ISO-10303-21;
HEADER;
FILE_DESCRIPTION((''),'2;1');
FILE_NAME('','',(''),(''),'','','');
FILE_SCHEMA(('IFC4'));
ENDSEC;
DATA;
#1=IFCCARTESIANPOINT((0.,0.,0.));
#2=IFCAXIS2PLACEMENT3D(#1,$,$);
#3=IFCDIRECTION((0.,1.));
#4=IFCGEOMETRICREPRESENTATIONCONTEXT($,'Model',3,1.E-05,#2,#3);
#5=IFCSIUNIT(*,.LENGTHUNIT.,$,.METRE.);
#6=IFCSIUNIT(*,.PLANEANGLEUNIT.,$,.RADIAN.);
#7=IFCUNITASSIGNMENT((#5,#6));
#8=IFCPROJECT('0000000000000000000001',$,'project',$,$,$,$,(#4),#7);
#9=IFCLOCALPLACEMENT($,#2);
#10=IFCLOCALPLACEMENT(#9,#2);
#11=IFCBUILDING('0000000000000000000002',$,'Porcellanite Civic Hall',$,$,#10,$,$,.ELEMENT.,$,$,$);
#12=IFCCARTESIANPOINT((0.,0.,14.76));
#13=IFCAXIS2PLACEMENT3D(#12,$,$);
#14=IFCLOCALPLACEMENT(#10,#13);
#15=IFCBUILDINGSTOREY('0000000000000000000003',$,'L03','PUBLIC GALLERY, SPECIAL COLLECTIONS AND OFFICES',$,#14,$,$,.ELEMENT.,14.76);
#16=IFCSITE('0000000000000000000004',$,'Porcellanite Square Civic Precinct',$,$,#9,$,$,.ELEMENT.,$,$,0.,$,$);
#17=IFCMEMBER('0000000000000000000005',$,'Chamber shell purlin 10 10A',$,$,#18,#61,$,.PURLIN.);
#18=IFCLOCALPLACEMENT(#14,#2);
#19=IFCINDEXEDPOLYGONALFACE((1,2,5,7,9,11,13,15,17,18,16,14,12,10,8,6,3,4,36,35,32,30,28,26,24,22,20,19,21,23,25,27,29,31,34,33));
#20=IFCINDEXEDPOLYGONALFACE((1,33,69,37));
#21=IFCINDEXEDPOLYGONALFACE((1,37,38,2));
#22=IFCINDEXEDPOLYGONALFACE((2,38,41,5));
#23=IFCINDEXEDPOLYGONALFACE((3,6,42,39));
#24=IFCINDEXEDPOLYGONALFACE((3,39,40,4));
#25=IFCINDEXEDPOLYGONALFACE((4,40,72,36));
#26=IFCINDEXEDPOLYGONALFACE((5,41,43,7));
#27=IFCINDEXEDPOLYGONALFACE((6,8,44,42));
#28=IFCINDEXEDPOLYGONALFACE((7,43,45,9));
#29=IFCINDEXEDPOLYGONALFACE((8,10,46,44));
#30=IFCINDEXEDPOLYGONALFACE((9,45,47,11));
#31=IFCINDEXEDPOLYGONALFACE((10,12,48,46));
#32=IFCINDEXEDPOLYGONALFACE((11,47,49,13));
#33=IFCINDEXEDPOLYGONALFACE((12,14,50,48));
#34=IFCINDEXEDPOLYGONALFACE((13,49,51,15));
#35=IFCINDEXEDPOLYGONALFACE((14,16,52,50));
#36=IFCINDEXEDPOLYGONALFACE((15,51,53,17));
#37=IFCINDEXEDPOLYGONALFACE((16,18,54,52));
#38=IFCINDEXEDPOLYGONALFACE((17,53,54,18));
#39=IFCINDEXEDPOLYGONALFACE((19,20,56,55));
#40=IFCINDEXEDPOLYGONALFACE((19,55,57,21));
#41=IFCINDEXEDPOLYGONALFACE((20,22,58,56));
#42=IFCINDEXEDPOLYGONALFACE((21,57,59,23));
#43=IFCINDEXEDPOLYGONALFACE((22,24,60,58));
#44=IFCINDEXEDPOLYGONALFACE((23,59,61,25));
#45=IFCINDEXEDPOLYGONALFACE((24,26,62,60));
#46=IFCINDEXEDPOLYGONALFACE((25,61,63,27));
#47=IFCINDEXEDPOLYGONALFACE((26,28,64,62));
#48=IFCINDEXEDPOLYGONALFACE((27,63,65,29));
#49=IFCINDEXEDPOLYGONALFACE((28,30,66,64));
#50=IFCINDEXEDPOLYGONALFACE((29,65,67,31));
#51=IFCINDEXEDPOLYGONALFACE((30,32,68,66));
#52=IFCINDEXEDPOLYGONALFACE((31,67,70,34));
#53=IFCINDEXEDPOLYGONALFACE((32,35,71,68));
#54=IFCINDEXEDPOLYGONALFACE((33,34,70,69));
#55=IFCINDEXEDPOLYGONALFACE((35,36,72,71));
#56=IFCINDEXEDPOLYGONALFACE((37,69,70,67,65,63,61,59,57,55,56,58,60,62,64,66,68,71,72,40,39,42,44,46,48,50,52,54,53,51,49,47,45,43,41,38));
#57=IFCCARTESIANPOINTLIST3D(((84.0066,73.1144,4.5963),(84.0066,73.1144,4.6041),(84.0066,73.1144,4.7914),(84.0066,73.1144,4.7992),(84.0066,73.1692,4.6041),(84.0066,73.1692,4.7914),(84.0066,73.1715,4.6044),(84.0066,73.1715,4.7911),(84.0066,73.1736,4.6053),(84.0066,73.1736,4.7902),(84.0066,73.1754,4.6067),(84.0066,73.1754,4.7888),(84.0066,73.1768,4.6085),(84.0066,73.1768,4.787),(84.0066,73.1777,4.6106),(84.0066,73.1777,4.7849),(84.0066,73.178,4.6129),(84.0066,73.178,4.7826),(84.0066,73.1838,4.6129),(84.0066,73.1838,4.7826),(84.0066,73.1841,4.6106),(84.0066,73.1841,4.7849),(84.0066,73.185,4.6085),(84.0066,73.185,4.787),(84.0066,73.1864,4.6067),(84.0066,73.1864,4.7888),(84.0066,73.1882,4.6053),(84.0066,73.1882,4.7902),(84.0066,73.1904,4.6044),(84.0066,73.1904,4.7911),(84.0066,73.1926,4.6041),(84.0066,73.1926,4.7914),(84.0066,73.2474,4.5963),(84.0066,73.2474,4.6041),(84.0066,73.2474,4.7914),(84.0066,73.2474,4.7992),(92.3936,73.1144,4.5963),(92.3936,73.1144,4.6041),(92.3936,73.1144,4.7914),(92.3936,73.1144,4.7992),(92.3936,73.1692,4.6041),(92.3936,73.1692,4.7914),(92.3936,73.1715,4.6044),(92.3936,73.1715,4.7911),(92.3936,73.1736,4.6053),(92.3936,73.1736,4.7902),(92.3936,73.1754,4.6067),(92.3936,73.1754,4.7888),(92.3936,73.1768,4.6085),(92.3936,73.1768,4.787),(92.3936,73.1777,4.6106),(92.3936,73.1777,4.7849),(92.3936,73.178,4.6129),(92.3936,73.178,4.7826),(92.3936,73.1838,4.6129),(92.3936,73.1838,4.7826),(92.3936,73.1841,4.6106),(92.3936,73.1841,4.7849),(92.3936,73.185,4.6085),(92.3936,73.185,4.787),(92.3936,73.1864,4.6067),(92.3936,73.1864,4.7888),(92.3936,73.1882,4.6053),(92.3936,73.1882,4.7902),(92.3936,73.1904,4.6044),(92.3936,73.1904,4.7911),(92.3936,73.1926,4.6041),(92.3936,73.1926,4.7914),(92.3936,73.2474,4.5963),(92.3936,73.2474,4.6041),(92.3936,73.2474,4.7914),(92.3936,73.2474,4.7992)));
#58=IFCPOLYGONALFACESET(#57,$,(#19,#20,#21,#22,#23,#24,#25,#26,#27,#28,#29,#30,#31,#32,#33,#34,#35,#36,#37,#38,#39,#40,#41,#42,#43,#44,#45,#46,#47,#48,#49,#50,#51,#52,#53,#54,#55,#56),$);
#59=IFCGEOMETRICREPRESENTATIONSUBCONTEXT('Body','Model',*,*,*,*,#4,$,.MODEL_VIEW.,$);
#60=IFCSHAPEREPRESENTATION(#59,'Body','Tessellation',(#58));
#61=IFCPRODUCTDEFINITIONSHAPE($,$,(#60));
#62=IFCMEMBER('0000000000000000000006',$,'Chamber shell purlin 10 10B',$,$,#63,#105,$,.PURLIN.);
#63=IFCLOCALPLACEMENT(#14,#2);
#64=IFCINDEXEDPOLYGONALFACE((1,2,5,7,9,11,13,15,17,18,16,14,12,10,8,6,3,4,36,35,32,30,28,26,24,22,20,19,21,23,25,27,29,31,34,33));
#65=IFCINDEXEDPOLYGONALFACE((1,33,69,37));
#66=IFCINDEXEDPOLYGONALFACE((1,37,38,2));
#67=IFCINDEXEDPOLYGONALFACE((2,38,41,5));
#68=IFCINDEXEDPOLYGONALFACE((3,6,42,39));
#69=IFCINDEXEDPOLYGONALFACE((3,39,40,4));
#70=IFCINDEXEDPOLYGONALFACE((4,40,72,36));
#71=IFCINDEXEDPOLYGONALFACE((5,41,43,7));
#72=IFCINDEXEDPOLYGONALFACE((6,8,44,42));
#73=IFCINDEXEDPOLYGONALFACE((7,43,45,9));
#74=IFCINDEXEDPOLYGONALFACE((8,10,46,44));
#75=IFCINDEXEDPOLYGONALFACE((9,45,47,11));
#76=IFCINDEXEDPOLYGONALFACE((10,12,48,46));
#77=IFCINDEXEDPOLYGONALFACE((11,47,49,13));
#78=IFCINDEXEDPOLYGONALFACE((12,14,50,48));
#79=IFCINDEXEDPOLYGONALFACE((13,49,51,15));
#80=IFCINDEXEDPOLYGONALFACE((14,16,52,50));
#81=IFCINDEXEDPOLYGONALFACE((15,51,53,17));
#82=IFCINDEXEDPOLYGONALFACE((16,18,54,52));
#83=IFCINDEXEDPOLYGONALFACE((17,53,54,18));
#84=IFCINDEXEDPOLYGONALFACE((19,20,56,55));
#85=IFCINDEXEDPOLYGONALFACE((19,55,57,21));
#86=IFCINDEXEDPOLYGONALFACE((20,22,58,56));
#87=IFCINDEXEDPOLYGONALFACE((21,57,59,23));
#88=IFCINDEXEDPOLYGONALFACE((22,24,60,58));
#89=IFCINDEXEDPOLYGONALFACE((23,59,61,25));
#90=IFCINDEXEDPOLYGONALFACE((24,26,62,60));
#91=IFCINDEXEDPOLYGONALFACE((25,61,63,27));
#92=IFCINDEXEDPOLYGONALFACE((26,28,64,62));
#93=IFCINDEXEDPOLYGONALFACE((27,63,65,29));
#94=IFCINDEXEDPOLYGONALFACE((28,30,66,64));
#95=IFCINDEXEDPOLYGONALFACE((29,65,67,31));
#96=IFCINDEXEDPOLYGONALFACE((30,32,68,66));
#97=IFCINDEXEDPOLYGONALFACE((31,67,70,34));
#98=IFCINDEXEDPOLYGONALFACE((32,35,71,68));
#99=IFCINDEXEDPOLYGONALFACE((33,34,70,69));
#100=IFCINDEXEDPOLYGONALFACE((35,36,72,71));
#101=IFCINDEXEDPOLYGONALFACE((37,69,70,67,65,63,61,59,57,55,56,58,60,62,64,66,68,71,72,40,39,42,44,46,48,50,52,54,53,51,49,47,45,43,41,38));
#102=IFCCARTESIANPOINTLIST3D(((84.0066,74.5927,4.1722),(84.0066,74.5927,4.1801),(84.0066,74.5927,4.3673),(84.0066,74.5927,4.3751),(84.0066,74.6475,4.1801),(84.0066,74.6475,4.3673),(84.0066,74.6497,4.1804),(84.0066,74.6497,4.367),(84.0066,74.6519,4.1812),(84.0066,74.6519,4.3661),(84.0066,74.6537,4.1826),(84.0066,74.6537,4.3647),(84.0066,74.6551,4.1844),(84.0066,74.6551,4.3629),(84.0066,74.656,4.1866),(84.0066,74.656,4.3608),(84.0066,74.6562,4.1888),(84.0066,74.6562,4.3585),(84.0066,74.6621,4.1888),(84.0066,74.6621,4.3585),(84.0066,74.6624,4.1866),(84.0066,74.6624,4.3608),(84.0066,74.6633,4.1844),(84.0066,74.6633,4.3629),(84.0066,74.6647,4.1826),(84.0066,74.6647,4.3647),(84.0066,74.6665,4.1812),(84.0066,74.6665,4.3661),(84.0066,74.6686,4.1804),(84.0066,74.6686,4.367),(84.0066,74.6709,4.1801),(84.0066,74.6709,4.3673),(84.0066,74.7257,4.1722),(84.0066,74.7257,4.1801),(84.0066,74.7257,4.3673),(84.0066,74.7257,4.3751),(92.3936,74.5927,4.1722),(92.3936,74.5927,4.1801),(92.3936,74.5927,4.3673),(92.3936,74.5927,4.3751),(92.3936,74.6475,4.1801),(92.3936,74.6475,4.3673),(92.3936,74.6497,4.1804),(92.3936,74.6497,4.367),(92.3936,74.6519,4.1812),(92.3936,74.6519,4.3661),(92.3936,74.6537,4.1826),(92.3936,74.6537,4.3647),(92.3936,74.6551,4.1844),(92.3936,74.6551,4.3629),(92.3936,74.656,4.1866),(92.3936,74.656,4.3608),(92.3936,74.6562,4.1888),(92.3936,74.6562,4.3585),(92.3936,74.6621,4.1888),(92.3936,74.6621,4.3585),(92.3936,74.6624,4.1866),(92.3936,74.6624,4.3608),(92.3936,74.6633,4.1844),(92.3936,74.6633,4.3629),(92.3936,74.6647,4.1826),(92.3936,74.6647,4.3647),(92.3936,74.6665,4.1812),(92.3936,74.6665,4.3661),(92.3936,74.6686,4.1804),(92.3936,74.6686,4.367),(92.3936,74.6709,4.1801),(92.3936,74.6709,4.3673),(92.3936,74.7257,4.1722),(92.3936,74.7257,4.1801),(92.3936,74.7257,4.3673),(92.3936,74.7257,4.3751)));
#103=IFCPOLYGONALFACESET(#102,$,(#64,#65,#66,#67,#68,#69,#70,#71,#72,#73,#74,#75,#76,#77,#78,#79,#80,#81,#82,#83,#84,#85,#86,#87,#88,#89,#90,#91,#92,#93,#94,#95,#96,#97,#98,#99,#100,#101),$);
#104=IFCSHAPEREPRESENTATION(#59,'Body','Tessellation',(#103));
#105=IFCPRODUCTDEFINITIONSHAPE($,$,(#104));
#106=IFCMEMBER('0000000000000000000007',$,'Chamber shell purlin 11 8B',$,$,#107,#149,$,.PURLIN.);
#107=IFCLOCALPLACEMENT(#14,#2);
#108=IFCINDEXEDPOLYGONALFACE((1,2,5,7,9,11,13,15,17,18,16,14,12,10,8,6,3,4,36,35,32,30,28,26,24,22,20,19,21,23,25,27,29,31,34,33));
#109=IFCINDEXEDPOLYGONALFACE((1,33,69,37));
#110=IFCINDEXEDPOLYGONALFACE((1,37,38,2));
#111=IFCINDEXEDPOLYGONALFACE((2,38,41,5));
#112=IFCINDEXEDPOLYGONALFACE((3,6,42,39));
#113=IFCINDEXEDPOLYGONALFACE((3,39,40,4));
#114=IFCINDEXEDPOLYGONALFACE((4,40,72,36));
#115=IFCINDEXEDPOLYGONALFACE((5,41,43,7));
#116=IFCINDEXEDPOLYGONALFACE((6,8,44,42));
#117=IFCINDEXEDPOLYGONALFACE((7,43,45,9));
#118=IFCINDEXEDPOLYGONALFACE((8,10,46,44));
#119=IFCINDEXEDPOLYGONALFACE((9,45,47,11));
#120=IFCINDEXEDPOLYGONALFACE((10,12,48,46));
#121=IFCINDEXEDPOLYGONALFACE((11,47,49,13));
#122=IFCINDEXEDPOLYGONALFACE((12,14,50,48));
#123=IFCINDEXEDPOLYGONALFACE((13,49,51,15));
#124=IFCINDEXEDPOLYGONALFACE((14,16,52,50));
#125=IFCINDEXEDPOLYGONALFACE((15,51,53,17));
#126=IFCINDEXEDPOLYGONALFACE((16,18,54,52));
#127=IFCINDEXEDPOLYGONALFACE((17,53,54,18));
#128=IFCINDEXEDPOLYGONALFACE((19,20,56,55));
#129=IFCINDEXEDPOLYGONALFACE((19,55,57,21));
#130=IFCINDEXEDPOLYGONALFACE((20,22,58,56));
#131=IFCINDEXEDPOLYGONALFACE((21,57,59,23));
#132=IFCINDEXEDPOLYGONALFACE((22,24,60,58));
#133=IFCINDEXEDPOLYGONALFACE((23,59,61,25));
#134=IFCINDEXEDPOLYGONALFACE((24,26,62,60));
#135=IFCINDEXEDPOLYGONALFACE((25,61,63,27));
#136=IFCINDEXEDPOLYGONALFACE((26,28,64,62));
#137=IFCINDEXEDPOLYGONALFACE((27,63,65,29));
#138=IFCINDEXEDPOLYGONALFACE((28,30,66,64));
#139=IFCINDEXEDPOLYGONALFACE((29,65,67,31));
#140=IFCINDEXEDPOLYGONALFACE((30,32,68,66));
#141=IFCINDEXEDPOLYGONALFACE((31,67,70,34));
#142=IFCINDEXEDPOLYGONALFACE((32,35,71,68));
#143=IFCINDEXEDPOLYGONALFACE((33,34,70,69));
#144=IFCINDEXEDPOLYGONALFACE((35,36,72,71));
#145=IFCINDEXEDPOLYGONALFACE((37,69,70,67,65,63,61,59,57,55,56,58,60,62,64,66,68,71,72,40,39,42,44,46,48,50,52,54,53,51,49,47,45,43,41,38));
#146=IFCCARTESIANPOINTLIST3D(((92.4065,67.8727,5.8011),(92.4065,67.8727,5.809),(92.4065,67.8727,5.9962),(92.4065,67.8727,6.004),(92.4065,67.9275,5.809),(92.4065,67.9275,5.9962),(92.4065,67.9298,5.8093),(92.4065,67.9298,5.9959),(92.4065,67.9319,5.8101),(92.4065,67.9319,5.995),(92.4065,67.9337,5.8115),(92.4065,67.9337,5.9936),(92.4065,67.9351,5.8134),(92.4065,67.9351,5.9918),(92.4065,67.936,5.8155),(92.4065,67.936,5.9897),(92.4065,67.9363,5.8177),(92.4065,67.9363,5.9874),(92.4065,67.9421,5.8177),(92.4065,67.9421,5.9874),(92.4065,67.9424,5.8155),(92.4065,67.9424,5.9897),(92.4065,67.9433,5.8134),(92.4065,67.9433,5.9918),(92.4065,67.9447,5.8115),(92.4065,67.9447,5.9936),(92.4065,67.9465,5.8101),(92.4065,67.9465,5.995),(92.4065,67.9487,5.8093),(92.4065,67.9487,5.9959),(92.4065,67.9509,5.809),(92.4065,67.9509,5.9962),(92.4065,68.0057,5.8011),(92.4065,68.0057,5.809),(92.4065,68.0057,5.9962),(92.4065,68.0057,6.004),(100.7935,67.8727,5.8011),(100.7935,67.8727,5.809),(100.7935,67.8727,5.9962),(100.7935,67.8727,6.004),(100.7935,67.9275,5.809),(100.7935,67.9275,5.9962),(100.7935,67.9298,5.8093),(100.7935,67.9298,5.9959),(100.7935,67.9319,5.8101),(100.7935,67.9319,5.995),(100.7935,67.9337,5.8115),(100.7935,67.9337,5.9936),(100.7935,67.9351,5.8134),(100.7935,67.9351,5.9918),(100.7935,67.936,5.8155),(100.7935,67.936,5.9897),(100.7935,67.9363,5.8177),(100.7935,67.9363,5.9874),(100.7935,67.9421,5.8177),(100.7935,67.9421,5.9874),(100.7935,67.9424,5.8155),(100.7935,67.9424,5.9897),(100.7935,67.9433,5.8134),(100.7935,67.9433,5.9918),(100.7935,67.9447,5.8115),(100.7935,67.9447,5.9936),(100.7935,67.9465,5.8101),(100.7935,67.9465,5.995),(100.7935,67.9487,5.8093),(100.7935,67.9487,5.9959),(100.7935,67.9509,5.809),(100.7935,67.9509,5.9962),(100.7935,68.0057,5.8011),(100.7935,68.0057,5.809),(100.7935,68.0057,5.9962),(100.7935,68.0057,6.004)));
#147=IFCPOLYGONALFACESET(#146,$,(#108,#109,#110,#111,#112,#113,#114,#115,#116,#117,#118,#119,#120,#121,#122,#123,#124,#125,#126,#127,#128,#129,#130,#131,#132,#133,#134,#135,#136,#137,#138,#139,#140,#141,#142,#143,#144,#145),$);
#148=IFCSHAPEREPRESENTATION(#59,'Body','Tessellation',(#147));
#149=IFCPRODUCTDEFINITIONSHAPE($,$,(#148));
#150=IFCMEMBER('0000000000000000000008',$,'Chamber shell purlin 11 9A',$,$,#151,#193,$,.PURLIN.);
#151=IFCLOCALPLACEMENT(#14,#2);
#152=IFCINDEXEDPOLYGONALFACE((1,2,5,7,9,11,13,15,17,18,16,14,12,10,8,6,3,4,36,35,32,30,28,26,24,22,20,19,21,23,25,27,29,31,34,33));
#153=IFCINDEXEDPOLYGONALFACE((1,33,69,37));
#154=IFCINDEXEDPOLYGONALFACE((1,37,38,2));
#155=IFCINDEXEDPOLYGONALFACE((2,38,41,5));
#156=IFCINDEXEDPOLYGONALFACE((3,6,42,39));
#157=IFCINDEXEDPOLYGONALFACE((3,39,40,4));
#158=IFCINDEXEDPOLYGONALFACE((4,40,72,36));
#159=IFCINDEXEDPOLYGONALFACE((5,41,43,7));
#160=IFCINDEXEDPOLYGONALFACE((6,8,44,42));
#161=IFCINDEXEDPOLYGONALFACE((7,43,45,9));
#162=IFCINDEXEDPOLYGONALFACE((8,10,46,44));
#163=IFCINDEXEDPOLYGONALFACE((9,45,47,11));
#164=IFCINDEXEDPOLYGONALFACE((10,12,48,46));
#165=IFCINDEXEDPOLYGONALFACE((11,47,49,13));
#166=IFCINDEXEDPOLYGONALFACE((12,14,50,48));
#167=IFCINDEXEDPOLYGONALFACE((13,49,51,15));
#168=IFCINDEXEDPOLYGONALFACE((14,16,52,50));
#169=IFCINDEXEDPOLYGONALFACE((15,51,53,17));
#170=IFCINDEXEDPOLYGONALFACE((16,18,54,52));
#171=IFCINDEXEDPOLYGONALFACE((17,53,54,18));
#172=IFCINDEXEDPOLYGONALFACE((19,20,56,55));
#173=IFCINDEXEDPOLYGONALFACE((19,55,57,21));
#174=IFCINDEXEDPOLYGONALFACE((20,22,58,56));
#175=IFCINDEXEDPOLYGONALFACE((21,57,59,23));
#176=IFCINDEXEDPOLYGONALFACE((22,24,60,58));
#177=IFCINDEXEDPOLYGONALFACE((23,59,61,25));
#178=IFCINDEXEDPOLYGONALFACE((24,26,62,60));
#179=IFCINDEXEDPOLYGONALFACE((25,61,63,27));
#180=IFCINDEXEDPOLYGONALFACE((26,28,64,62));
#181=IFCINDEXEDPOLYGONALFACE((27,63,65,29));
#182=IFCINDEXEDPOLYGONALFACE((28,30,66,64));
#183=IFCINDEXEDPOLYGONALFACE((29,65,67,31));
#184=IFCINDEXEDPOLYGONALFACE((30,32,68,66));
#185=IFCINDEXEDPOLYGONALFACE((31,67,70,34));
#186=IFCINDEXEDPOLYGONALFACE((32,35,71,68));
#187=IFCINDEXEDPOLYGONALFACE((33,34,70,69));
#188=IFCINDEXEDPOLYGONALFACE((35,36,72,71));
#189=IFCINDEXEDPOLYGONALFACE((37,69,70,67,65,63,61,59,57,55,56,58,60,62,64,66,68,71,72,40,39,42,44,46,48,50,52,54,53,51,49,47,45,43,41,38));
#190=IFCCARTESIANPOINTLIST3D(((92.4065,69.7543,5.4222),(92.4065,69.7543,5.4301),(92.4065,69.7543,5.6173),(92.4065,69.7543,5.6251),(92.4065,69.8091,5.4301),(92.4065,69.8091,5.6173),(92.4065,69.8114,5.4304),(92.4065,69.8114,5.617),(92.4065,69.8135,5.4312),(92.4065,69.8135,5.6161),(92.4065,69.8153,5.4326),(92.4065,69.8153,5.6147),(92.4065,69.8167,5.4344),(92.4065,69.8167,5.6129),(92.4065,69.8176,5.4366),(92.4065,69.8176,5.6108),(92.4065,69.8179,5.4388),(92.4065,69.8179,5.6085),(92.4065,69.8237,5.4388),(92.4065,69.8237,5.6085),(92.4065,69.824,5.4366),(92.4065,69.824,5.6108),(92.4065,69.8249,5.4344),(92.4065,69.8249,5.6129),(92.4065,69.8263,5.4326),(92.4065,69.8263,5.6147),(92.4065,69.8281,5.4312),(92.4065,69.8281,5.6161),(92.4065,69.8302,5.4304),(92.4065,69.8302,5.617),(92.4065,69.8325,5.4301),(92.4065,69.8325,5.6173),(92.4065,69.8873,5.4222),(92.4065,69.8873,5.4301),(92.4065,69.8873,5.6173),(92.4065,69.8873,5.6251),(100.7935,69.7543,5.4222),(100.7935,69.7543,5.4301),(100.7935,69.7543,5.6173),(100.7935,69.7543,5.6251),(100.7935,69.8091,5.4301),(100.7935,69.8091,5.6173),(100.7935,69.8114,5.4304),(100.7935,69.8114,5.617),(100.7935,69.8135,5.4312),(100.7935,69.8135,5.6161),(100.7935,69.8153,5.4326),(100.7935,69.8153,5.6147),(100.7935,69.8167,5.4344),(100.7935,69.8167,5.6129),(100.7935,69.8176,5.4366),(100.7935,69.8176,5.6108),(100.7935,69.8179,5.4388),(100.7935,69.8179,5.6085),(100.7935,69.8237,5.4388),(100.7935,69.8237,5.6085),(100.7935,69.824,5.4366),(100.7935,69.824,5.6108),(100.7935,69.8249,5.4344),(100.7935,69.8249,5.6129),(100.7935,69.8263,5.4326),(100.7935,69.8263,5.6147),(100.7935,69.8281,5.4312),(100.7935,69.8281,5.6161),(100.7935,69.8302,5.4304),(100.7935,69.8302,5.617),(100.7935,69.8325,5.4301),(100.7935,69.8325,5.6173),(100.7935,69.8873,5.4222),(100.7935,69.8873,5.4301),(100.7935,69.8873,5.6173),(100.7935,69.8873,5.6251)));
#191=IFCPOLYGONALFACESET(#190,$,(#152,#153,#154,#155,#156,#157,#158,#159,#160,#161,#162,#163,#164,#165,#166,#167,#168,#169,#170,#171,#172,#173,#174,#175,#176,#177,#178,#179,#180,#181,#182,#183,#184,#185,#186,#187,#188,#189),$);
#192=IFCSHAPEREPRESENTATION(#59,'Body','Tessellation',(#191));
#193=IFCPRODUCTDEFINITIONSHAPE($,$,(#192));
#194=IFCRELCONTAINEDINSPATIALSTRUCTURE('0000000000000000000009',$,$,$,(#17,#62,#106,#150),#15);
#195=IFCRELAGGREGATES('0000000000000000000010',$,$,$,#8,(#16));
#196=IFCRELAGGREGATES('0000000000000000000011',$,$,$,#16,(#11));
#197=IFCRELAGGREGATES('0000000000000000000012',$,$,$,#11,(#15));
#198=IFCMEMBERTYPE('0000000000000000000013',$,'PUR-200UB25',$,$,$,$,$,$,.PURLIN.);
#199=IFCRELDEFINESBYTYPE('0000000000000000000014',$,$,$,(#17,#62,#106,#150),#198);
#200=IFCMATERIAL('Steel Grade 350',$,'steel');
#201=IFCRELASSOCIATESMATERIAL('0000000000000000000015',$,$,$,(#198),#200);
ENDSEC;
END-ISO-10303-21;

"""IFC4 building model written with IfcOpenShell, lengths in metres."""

from ifc_helpers import new_model, si_unit, direction, frame, origin, origin_2d, place, context, subcontext, project, spatial, i_section, extrude, material, material_profile, profile_set, type_object, element, save


model = new_model("IFC4")

# Units and contexts
model_context = context("Model", 3, precision=1e-05, world=origin(), true_north=direction((0.0, 1.0)))
body_context = subcontext(model_context, "Body", "Model", "MODEL_VIEW")
ifc_project = project(units=[si_unit("LENGTHUNIT", "METRE"), si_unit("PLANEANGLEUNIT", "RADIAN")], contexts=[model_context])

# Site, building, storey
site_placement = place(None, origin())
site = spatial("IfcSite", under=ifc_project, at=site_placement, Name="Porcellanite Square Civic Precinct", CompositionType="ELEMENT", RefElevation=0.0)
building_placement = place(site_placement, origin())
building = spatial("IfcBuilding", under=site, at=building_placement, Name="Porcellanite Civic Hall", CompositionType="ELEMENT")
storey_placement = place(building_placement, frame((0.0, 0.0, 14.76)))
storey = spatial("IfcBuildingStorey", under=building, at=storey_placement, Name="L03", Description="PUBLIC GALLERY, SPECIAL COLLECTIONS AND OFFICES", CompositionType="ELEMENT", Elevation=14.76)

# Members
ifc_material_1 = material(Name="Steel Grade 350", Category="steel")
ifc_material_profile_1 = material_profile(ifc_material_1, i_section(OverallWidth=0.1331, OverallDepth=0.2029, WebThickness=0.0059, FlangeThickness=0.0078, FilletRadius=0.0088, at=origin_2d()), Name="200UB25.4")
ifc_profile_set_1 = profile_set([ifc_material_profile_1], Name="Steel Grade 350")
member_type_1 = type_object("IfcMemberType", Name="PUR-200UB25", PredefinedType="PURLIN", material=ifc_profile_set_1)
for number, where, z_axis, x_axis, name in (
    (1, (84.0066, 73.1809, 4.6978), (1.0, 0.0, 0.0), (0.0, 1.0, 0.0), "Chamber shell purlin 10 10A"),
    (2, (84.0066, 74.6592, 4.2737), (1.0, 0.0, 0.0), (0.0, 1.0, 0.0), "Chamber shell purlin 10 10B"),
    (3, (92.4065, 67.9392, 5.9026), (1.0, 0.0, 0.0), (0.0, 1.0, 0.0), "Chamber shell purlin 11 8B"),
    (4, (92.4065, 69.8208, 5.5237), (1.0, 0.0, 0.0), (0.0, 1.0, 0.0), "Chamber shell purlin 11 9A"),
):
    element("IfcMember", number, at=place(storey_placement, frame(where, z_axis=z_axis, x_axis=x_axis)), inside=storey, type_object=member_type_1, Name=name, PredefinedType="PURLIN", context=body_context, shape_type="SweptSolid", body=[
        extrude(i_section(OverallWidth=0.1331, OverallDepth=0.2029, WebThickness=0.0059, FlangeThickness=0.0078, FilletRadius=0.0088, at=origin_2d()), origin(), (0.0, 0.0, 1.0), 8.387),
    ])

save(model, "model.ifc")
